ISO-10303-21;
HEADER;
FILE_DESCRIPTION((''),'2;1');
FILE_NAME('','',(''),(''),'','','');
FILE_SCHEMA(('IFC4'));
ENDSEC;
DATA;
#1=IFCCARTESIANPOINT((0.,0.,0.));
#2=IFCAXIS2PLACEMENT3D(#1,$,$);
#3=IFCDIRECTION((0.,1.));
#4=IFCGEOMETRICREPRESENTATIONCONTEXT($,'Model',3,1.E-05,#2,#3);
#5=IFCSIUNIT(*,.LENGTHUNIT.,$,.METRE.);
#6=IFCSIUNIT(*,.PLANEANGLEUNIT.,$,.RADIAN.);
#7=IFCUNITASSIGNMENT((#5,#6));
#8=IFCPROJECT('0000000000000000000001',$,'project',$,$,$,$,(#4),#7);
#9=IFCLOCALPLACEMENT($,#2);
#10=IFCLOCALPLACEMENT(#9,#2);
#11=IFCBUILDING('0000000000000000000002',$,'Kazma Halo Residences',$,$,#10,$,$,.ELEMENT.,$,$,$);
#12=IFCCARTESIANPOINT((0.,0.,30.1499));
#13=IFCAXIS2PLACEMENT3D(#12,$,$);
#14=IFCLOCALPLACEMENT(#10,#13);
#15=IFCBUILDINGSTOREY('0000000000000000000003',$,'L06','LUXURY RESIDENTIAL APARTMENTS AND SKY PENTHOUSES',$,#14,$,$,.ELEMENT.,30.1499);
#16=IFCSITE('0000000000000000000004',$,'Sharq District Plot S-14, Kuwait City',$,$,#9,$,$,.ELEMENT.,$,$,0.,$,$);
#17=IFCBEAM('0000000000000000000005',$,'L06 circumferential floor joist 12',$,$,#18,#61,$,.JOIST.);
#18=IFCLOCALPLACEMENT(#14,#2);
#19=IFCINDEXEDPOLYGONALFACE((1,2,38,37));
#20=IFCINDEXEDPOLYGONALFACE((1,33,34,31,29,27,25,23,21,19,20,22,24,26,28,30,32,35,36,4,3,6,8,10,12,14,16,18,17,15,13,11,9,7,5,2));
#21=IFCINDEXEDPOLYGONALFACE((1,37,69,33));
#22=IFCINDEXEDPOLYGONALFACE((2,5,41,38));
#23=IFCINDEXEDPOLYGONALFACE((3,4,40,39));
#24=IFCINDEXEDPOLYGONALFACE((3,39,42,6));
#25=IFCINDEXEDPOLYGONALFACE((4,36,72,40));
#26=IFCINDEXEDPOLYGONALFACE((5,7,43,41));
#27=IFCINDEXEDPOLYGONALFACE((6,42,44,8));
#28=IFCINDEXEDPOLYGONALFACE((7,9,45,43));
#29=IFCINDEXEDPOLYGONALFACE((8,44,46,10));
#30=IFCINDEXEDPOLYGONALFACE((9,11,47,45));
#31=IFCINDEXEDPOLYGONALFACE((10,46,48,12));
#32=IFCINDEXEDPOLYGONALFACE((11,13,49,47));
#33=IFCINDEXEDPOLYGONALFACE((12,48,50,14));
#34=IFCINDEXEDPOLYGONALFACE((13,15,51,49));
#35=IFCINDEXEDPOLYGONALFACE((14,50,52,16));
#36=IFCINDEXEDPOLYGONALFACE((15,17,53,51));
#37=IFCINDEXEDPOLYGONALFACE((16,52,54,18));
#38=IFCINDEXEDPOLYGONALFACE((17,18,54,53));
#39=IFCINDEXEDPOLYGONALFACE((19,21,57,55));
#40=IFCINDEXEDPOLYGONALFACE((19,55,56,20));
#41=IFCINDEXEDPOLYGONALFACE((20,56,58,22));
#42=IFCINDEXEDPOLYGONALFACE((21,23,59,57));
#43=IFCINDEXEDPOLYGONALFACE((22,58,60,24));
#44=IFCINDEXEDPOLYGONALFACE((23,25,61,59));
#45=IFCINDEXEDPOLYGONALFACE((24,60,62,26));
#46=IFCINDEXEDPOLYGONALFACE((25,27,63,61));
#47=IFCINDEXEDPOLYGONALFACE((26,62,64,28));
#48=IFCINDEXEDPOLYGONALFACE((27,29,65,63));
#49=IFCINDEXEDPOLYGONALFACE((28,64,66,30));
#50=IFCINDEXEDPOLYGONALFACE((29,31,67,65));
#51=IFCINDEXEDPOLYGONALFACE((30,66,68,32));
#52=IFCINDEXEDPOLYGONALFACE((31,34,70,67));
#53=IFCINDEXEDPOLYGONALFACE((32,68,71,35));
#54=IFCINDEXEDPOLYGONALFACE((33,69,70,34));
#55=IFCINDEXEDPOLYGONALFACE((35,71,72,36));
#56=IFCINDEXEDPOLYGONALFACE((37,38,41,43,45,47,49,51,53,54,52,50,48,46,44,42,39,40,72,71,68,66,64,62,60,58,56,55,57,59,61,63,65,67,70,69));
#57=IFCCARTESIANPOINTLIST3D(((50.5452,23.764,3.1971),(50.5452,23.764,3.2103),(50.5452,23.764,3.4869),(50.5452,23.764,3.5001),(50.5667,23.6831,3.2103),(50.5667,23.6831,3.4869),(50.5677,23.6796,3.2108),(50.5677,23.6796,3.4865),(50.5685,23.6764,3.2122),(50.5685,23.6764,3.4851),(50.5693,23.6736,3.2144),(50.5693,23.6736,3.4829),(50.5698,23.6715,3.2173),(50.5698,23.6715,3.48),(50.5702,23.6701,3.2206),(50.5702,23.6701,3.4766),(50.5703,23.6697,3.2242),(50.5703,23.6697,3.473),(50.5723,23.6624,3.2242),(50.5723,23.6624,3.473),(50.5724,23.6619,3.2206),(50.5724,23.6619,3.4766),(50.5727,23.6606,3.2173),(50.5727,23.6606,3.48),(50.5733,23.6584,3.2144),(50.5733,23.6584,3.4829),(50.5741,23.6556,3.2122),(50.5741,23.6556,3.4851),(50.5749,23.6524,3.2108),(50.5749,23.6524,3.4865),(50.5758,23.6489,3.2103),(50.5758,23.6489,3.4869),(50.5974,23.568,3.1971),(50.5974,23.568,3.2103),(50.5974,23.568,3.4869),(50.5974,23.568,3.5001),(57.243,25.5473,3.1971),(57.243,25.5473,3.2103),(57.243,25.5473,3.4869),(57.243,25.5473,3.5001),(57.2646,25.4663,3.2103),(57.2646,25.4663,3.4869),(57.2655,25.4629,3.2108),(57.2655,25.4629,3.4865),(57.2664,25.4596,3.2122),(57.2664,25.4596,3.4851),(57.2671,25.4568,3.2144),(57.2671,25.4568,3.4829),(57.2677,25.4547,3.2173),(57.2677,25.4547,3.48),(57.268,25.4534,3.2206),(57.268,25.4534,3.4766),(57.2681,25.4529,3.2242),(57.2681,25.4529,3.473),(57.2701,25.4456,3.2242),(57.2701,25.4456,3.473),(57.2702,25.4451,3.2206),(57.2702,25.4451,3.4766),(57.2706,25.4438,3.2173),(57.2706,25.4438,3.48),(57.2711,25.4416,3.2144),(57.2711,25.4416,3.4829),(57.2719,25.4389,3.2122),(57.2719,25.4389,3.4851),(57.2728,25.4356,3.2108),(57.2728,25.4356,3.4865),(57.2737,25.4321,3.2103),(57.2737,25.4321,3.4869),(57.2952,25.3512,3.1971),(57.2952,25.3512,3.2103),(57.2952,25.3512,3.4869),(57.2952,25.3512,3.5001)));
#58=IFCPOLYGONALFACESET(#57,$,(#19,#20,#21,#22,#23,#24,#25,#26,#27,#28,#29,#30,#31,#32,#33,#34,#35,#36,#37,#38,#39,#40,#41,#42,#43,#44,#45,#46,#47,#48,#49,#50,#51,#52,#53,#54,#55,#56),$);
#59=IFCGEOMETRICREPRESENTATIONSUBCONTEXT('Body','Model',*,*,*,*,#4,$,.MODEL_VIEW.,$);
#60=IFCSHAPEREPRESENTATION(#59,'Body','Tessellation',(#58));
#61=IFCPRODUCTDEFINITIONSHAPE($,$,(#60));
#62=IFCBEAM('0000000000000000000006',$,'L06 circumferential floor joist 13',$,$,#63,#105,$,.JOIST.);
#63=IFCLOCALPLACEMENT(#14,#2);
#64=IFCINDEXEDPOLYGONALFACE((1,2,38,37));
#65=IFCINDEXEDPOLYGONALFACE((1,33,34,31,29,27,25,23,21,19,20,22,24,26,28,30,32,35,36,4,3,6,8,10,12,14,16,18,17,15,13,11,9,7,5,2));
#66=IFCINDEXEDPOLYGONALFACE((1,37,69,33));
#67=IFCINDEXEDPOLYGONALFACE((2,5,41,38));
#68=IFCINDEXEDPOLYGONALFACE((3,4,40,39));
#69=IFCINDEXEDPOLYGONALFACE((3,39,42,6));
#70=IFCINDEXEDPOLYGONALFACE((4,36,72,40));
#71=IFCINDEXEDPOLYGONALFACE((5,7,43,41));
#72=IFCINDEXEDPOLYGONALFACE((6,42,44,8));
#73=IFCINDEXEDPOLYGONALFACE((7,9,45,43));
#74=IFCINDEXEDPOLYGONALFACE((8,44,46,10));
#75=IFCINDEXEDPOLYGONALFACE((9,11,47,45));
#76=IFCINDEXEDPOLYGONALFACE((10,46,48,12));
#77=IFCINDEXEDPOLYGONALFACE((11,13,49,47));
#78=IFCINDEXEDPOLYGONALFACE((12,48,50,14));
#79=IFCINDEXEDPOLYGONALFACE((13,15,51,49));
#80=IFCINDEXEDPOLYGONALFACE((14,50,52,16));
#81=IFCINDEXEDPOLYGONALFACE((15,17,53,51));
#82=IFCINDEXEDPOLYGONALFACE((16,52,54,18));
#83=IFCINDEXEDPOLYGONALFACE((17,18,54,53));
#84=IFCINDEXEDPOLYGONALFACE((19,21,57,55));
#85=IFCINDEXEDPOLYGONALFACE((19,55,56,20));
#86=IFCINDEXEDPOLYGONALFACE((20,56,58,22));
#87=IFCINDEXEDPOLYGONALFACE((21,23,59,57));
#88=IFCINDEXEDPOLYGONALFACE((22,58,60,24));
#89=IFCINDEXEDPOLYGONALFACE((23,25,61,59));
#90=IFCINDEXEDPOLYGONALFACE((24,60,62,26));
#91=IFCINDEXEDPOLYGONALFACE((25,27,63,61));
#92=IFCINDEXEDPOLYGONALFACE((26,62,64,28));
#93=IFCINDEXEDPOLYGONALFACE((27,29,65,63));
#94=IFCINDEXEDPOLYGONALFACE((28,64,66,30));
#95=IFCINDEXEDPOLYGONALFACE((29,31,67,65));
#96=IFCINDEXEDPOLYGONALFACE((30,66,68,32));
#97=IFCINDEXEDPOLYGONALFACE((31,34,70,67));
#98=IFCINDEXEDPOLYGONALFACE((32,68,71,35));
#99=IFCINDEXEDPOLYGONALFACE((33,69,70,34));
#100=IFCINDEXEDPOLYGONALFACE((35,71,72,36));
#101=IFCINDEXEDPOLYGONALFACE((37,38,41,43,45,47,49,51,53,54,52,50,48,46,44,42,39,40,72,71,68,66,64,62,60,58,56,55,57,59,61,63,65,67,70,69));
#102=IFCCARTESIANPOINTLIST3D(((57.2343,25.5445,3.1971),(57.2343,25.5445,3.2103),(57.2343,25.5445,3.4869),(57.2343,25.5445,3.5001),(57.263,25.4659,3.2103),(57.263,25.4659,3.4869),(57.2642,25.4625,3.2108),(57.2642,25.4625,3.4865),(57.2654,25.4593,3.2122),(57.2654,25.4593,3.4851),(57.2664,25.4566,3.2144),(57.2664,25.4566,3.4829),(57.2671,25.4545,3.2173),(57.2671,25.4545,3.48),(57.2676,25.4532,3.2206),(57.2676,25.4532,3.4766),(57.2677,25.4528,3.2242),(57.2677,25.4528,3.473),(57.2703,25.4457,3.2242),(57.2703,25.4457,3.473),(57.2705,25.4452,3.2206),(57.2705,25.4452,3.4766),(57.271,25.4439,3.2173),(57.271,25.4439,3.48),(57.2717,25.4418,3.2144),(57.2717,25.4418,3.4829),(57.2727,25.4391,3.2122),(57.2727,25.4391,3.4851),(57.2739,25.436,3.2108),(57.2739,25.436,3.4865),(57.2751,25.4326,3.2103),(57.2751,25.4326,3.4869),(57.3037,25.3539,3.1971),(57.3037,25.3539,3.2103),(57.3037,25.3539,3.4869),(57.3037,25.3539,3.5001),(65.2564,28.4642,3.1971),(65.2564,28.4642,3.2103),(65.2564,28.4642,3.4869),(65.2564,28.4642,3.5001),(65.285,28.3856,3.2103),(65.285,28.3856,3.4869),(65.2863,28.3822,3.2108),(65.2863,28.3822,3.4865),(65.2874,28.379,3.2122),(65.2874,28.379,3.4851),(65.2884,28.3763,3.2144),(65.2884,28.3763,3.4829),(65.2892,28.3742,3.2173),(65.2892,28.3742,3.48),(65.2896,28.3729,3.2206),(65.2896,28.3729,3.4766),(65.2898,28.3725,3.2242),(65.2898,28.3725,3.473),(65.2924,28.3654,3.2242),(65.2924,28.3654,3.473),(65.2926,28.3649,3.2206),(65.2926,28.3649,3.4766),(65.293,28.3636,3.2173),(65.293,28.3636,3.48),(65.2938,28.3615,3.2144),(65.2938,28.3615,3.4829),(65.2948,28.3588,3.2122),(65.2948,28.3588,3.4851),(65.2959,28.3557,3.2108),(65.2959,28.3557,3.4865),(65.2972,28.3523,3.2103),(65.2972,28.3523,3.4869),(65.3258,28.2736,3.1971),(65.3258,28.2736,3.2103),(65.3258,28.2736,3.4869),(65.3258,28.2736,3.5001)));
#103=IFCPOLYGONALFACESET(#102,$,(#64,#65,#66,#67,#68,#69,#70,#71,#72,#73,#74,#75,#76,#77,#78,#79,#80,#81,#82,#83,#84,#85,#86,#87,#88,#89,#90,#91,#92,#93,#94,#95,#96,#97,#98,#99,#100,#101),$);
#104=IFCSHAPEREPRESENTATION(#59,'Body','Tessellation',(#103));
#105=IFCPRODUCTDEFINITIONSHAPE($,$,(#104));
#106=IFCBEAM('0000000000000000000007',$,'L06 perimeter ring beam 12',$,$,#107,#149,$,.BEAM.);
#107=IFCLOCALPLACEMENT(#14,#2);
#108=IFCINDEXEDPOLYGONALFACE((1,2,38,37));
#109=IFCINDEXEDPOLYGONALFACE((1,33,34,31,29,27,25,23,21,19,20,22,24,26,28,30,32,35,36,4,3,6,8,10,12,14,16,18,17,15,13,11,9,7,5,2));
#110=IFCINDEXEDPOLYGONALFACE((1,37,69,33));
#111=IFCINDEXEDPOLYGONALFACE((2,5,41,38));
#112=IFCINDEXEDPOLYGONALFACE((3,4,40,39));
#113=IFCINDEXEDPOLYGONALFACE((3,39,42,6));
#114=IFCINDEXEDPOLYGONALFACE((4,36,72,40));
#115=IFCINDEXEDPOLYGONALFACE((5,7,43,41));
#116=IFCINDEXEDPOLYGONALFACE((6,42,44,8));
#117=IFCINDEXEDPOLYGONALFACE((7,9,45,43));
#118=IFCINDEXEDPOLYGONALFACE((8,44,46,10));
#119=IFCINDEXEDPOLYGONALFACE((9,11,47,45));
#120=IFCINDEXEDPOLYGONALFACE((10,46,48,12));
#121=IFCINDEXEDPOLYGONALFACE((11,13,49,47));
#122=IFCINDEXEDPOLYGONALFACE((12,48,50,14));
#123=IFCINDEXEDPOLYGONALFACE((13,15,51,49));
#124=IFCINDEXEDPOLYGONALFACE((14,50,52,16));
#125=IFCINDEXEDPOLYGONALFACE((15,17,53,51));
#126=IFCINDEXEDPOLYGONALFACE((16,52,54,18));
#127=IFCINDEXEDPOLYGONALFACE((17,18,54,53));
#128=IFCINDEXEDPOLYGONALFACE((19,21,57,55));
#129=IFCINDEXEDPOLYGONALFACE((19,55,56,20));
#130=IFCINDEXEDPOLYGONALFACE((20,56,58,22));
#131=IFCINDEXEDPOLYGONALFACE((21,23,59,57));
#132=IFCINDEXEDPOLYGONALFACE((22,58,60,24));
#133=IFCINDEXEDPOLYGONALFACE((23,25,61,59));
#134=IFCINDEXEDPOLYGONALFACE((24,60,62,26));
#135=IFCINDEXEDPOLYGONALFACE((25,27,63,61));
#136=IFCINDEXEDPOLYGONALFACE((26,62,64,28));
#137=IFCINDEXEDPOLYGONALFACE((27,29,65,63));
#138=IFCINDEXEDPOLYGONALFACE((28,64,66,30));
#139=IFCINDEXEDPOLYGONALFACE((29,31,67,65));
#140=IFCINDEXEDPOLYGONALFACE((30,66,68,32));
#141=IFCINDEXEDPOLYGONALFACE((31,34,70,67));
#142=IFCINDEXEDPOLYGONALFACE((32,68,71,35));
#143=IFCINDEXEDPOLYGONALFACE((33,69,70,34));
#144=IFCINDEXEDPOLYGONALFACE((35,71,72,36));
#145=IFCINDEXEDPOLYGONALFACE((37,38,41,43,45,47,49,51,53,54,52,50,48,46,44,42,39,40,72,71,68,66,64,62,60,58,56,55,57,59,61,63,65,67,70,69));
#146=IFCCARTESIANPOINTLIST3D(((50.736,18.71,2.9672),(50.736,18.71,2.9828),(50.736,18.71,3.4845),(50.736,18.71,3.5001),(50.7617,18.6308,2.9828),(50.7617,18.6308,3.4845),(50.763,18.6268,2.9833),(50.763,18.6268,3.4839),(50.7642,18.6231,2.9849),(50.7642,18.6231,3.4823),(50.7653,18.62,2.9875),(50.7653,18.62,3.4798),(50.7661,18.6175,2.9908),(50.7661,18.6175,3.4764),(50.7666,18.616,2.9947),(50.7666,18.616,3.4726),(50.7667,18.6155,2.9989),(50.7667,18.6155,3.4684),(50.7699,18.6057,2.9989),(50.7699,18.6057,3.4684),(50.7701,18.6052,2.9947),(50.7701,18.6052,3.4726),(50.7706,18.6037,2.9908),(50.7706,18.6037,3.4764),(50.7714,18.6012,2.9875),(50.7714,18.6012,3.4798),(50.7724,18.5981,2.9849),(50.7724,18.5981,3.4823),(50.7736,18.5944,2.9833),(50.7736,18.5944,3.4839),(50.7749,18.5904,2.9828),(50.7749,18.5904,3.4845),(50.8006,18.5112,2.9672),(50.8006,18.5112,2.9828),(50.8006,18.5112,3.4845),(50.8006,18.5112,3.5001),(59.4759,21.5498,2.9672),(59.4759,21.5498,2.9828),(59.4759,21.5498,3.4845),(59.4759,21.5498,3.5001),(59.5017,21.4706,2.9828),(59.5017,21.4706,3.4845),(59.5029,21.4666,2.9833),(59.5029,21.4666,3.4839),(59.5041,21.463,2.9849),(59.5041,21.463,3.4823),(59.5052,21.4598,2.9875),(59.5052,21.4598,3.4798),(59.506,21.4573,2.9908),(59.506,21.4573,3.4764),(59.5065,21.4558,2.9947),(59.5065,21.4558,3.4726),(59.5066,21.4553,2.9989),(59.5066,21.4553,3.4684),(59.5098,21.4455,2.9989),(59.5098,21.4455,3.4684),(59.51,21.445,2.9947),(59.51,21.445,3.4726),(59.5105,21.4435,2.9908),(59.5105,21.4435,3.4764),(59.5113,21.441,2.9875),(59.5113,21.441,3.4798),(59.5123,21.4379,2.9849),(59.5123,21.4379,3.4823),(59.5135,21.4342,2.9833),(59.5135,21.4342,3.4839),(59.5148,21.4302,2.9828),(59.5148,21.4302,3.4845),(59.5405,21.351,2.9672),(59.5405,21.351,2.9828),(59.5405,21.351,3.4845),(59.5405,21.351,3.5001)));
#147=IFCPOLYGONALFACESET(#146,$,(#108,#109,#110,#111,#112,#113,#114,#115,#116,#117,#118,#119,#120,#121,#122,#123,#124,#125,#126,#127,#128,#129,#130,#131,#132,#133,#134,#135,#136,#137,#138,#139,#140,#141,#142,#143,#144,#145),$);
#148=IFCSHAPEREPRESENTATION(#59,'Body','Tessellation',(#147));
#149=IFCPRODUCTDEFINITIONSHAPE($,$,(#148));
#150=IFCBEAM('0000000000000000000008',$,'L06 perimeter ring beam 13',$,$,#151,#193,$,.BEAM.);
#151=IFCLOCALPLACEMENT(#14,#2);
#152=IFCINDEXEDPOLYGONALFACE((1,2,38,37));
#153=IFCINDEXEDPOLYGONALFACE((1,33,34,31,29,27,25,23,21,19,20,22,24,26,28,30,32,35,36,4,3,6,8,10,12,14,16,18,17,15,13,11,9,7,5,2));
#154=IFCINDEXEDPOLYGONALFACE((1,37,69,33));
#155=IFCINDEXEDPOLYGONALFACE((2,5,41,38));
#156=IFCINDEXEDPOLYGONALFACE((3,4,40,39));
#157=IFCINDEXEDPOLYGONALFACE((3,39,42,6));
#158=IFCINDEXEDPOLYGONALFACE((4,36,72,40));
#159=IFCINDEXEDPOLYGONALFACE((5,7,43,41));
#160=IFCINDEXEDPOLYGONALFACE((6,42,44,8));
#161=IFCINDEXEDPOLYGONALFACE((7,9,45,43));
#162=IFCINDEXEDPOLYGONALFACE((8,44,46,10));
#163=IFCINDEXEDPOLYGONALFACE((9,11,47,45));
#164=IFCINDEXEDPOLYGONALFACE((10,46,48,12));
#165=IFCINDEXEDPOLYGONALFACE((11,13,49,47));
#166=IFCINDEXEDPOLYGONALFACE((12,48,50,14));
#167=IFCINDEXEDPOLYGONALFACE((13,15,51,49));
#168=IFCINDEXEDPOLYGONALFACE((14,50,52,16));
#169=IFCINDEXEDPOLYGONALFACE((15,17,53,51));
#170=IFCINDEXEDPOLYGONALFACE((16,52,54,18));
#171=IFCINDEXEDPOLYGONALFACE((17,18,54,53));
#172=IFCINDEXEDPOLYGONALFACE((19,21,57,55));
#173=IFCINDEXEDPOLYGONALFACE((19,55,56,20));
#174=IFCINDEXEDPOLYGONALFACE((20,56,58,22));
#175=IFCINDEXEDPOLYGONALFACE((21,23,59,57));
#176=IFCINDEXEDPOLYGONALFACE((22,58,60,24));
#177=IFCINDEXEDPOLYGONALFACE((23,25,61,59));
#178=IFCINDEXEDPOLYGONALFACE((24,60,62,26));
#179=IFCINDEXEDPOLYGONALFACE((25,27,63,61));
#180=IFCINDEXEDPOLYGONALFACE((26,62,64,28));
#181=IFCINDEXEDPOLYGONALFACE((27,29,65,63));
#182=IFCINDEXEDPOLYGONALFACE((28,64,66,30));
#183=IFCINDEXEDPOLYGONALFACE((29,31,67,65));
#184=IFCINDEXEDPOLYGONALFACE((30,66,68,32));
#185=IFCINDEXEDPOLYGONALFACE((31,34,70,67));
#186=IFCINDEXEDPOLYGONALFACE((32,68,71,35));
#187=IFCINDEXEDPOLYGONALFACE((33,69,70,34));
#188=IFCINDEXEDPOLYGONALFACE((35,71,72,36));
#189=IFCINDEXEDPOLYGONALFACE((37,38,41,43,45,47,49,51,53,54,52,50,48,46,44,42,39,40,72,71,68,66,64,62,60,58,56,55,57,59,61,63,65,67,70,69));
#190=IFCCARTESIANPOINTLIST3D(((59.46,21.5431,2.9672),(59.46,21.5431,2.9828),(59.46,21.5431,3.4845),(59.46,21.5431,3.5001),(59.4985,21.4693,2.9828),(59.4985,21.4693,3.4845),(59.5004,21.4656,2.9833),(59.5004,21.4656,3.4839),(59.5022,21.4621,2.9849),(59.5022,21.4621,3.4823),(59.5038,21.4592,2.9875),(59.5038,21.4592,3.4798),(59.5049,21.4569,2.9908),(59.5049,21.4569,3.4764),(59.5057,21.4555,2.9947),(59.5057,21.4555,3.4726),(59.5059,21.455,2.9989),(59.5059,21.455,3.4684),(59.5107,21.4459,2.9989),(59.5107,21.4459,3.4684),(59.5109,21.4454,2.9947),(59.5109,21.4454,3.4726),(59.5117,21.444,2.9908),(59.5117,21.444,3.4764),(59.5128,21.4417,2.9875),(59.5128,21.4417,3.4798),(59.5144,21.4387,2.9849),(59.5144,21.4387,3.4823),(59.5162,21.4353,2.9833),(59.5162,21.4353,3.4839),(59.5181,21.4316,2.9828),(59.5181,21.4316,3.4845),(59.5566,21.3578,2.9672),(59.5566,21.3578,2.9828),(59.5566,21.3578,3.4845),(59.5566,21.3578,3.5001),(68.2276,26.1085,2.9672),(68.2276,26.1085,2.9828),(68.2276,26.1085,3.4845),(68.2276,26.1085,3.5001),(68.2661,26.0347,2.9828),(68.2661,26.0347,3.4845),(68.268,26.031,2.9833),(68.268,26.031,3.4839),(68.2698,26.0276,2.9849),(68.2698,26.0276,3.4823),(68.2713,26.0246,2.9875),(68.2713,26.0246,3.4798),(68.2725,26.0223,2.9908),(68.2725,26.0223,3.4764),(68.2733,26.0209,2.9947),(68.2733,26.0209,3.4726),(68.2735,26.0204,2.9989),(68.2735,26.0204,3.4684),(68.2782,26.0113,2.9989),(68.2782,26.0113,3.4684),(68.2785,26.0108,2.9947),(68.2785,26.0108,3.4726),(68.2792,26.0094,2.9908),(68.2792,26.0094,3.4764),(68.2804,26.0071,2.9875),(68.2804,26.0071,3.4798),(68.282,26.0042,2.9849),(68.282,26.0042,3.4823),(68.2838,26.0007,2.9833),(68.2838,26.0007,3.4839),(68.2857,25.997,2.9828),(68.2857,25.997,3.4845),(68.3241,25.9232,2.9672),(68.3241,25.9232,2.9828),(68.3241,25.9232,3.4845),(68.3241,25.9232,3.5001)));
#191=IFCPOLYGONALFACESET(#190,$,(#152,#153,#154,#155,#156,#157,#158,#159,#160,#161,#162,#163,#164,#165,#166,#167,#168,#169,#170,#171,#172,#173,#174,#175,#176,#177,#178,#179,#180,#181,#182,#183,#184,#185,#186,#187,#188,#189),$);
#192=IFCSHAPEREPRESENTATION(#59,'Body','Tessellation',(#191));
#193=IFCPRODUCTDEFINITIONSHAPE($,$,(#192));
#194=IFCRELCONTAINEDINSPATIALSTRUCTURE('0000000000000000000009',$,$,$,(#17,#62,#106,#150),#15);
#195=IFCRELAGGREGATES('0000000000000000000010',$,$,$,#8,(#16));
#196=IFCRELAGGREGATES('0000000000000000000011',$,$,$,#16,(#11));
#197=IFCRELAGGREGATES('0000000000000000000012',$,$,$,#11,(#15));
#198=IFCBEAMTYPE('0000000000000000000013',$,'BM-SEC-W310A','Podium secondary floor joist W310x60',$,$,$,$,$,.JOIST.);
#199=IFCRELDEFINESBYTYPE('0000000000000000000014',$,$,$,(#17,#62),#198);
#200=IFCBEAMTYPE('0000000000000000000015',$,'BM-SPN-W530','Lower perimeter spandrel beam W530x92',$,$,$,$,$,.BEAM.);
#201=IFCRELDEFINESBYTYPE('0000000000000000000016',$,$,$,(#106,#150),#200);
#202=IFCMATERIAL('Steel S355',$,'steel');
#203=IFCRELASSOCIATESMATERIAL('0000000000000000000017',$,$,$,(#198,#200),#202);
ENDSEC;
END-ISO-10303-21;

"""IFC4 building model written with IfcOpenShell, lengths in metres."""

from ifc_helpers import new_model, si_unit, direction, frame, origin, origin_2d, place, context, subcontext, project, spatial, i_section, extrude, material, material_profile, profile_set, type_object, element, save


model = new_model("IFC4")

# Units and contexts
model_context = context("Model", 3, precision=1e-05, world=origin(), true_north=direction((0.0, 1.0)))
body_context = subcontext(model_context, "Body", "Model", "MODEL_VIEW")
ifc_project = project(units=[si_unit("LENGTHUNIT", "METRE"), si_unit("PLANEANGLEUNIT", "RADIAN")], contexts=[model_context])

# Site, building, storey
site_placement = place(None, origin())
site = spatial("IfcSite", under=ifc_project, at=site_placement, Name="Sharq District Plot S-14, Kuwait City", CompositionType="ELEMENT", RefElevation=0.0)
building_placement = place(site_placement, origin())
building = spatial("IfcBuilding", under=site, at=building_placement, Name="Kazma Halo Residences", CompositionType="ELEMENT")
storey_placement = place(building_placement, frame((0.0, 0.0, 30.1499)))
storey = spatial("IfcBuildingStorey", under=building, at=storey_placement, Name="L06", Description="LUXURY RESIDENTIAL APARTMENTS AND SKY PENTHOUSES", CompositionType="ELEMENT", Elevation=30.1499)

# Beams
ifc_material_1 = material(Name="Steel S355", Category="steel")
ifc_material_profile_1 = material_profile(ifc_material_1, i_section(OverallWidth=0.2029, OverallDepth=0.303, WebThickness=0.0076, FlangeThickness=0.0132, FilletRadius=0.0139, at=origin_2d()), Name="W310x60")
ifc_profile_set_1 = profile_set([ifc_material_profile_1], Name="Steel S355")
beam_type_1 = type_object("IfcBeamType", Name="BM-SEC-W310A", Description="Podium secondary floor joist W310x60", PredefinedType="JOIST", material=ifc_profile_set_1)
beam_1_placement = place(storey_placement, frame((50.5713, 23.666, 3.3486), z_axis=(0.966338, 0.257277, 0.0), x_axis=(-0.257277, 0.966338, 0.0)))
element("IfcBeam", 1, at=beam_1_placement, inside=storey, type_object=beam_type_1, Name="L06 circumferential floor joist 12", PredefinedType="JOIST", context=body_context, shape_type="SweptSolid", body=[
    extrude(i_section(OverallWidth=0.2029, OverallDepth=0.303, WebThickness=0.0076, FlangeThickness=0.0132, FilletRadius=0.0139, at=origin_2d()), origin(), (0.0, 0.0, 1.0), 6.9312),
])
beam_2_placement = place(storey_placement, frame((57.269, 25.4492, 3.3486), z_axis=(0.939696, 0.342012, 0.0), x_axis=(-0.342012, 0.939696, 0.0)))
element("IfcBeam", 2, at=beam_2_placement, inside=storey, type_object=beam_type_1, Name="L06 circumferential floor joist 13", PredefinedType="JOIST", context=body_context, shape_type="SweptSolid", body=[
    extrude(i_section(OverallWidth=0.2029, OverallDepth=0.303, WebThickness=0.0076, FlangeThickness=0.0132, FilletRadius=0.0139, at=origin_2d()), origin(), (0.0, 0.0, 1.0), 8.5369),
])
ifc_material_profile_2 = material_profile(ifc_material_1, i_section(OverallWidth=0.209, OverallDepth=0.533, WebThickness=0.0103, FlangeThickness=0.0156, FilletRadius=0.0161, at=origin_2d()), Name="W530x92")
ifc_profile_set_2 = profile_set([ifc_material_profile_2], Name="Steel S355")
beam_type_2 = type_object("IfcBeamType", Name="BM-SPN-W530", Description="Lower perimeter spandrel beam W530x92", PredefinedType="BEAM", material=ifc_profile_set_2)
beam_3_placement = place(storey_placement, frame((50.7683, 18.6106, 3.2336), z_axis=(0.951055, 0.309022, 0.0), x_axis=(-0.309022, 0.951055, 0.0)))
element("IfcBeam", 3, at=beam_3_placement, inside=storey, type_object=beam_type_2, Name="L06 perimeter ring beam 12", PredefinedType="BEAM", context=body_context, shape_type="SweptSolid", body=[
    extrude(i_section(OverallWidth=0.209, OverallDepth=0.533, WebThickness=0.0103, FlangeThickness=0.0156, FilletRadius=0.0161, at=origin_2d()), origin(), (0.0, 0.0, 1.0), 9.1897),
])
beam_4_placement = place(storey_placement, frame((59.5083, 21.4504, 3.2336), z_axis=(0.886956, 0.461853, 0.0), x_axis=(-0.461853, 0.886956, 0.0)))
element("IfcBeam", 4, at=beam_4_placement, inside=storey, type_object=beam_type_2, Name="L06 perimeter ring beam 13", PredefinedType="BEAM", context=body_context, shape_type="SweptSolid", body=[
    extrude(i_section(OverallWidth=0.209, OverallDepth=0.533, WebThickness=0.0103, FlangeThickness=0.0156, FilletRadius=0.0161, at=origin_2d()), origin(), (0.0, 0.0, 1.0), 9.885),
])

save(model, "model.ifc")
